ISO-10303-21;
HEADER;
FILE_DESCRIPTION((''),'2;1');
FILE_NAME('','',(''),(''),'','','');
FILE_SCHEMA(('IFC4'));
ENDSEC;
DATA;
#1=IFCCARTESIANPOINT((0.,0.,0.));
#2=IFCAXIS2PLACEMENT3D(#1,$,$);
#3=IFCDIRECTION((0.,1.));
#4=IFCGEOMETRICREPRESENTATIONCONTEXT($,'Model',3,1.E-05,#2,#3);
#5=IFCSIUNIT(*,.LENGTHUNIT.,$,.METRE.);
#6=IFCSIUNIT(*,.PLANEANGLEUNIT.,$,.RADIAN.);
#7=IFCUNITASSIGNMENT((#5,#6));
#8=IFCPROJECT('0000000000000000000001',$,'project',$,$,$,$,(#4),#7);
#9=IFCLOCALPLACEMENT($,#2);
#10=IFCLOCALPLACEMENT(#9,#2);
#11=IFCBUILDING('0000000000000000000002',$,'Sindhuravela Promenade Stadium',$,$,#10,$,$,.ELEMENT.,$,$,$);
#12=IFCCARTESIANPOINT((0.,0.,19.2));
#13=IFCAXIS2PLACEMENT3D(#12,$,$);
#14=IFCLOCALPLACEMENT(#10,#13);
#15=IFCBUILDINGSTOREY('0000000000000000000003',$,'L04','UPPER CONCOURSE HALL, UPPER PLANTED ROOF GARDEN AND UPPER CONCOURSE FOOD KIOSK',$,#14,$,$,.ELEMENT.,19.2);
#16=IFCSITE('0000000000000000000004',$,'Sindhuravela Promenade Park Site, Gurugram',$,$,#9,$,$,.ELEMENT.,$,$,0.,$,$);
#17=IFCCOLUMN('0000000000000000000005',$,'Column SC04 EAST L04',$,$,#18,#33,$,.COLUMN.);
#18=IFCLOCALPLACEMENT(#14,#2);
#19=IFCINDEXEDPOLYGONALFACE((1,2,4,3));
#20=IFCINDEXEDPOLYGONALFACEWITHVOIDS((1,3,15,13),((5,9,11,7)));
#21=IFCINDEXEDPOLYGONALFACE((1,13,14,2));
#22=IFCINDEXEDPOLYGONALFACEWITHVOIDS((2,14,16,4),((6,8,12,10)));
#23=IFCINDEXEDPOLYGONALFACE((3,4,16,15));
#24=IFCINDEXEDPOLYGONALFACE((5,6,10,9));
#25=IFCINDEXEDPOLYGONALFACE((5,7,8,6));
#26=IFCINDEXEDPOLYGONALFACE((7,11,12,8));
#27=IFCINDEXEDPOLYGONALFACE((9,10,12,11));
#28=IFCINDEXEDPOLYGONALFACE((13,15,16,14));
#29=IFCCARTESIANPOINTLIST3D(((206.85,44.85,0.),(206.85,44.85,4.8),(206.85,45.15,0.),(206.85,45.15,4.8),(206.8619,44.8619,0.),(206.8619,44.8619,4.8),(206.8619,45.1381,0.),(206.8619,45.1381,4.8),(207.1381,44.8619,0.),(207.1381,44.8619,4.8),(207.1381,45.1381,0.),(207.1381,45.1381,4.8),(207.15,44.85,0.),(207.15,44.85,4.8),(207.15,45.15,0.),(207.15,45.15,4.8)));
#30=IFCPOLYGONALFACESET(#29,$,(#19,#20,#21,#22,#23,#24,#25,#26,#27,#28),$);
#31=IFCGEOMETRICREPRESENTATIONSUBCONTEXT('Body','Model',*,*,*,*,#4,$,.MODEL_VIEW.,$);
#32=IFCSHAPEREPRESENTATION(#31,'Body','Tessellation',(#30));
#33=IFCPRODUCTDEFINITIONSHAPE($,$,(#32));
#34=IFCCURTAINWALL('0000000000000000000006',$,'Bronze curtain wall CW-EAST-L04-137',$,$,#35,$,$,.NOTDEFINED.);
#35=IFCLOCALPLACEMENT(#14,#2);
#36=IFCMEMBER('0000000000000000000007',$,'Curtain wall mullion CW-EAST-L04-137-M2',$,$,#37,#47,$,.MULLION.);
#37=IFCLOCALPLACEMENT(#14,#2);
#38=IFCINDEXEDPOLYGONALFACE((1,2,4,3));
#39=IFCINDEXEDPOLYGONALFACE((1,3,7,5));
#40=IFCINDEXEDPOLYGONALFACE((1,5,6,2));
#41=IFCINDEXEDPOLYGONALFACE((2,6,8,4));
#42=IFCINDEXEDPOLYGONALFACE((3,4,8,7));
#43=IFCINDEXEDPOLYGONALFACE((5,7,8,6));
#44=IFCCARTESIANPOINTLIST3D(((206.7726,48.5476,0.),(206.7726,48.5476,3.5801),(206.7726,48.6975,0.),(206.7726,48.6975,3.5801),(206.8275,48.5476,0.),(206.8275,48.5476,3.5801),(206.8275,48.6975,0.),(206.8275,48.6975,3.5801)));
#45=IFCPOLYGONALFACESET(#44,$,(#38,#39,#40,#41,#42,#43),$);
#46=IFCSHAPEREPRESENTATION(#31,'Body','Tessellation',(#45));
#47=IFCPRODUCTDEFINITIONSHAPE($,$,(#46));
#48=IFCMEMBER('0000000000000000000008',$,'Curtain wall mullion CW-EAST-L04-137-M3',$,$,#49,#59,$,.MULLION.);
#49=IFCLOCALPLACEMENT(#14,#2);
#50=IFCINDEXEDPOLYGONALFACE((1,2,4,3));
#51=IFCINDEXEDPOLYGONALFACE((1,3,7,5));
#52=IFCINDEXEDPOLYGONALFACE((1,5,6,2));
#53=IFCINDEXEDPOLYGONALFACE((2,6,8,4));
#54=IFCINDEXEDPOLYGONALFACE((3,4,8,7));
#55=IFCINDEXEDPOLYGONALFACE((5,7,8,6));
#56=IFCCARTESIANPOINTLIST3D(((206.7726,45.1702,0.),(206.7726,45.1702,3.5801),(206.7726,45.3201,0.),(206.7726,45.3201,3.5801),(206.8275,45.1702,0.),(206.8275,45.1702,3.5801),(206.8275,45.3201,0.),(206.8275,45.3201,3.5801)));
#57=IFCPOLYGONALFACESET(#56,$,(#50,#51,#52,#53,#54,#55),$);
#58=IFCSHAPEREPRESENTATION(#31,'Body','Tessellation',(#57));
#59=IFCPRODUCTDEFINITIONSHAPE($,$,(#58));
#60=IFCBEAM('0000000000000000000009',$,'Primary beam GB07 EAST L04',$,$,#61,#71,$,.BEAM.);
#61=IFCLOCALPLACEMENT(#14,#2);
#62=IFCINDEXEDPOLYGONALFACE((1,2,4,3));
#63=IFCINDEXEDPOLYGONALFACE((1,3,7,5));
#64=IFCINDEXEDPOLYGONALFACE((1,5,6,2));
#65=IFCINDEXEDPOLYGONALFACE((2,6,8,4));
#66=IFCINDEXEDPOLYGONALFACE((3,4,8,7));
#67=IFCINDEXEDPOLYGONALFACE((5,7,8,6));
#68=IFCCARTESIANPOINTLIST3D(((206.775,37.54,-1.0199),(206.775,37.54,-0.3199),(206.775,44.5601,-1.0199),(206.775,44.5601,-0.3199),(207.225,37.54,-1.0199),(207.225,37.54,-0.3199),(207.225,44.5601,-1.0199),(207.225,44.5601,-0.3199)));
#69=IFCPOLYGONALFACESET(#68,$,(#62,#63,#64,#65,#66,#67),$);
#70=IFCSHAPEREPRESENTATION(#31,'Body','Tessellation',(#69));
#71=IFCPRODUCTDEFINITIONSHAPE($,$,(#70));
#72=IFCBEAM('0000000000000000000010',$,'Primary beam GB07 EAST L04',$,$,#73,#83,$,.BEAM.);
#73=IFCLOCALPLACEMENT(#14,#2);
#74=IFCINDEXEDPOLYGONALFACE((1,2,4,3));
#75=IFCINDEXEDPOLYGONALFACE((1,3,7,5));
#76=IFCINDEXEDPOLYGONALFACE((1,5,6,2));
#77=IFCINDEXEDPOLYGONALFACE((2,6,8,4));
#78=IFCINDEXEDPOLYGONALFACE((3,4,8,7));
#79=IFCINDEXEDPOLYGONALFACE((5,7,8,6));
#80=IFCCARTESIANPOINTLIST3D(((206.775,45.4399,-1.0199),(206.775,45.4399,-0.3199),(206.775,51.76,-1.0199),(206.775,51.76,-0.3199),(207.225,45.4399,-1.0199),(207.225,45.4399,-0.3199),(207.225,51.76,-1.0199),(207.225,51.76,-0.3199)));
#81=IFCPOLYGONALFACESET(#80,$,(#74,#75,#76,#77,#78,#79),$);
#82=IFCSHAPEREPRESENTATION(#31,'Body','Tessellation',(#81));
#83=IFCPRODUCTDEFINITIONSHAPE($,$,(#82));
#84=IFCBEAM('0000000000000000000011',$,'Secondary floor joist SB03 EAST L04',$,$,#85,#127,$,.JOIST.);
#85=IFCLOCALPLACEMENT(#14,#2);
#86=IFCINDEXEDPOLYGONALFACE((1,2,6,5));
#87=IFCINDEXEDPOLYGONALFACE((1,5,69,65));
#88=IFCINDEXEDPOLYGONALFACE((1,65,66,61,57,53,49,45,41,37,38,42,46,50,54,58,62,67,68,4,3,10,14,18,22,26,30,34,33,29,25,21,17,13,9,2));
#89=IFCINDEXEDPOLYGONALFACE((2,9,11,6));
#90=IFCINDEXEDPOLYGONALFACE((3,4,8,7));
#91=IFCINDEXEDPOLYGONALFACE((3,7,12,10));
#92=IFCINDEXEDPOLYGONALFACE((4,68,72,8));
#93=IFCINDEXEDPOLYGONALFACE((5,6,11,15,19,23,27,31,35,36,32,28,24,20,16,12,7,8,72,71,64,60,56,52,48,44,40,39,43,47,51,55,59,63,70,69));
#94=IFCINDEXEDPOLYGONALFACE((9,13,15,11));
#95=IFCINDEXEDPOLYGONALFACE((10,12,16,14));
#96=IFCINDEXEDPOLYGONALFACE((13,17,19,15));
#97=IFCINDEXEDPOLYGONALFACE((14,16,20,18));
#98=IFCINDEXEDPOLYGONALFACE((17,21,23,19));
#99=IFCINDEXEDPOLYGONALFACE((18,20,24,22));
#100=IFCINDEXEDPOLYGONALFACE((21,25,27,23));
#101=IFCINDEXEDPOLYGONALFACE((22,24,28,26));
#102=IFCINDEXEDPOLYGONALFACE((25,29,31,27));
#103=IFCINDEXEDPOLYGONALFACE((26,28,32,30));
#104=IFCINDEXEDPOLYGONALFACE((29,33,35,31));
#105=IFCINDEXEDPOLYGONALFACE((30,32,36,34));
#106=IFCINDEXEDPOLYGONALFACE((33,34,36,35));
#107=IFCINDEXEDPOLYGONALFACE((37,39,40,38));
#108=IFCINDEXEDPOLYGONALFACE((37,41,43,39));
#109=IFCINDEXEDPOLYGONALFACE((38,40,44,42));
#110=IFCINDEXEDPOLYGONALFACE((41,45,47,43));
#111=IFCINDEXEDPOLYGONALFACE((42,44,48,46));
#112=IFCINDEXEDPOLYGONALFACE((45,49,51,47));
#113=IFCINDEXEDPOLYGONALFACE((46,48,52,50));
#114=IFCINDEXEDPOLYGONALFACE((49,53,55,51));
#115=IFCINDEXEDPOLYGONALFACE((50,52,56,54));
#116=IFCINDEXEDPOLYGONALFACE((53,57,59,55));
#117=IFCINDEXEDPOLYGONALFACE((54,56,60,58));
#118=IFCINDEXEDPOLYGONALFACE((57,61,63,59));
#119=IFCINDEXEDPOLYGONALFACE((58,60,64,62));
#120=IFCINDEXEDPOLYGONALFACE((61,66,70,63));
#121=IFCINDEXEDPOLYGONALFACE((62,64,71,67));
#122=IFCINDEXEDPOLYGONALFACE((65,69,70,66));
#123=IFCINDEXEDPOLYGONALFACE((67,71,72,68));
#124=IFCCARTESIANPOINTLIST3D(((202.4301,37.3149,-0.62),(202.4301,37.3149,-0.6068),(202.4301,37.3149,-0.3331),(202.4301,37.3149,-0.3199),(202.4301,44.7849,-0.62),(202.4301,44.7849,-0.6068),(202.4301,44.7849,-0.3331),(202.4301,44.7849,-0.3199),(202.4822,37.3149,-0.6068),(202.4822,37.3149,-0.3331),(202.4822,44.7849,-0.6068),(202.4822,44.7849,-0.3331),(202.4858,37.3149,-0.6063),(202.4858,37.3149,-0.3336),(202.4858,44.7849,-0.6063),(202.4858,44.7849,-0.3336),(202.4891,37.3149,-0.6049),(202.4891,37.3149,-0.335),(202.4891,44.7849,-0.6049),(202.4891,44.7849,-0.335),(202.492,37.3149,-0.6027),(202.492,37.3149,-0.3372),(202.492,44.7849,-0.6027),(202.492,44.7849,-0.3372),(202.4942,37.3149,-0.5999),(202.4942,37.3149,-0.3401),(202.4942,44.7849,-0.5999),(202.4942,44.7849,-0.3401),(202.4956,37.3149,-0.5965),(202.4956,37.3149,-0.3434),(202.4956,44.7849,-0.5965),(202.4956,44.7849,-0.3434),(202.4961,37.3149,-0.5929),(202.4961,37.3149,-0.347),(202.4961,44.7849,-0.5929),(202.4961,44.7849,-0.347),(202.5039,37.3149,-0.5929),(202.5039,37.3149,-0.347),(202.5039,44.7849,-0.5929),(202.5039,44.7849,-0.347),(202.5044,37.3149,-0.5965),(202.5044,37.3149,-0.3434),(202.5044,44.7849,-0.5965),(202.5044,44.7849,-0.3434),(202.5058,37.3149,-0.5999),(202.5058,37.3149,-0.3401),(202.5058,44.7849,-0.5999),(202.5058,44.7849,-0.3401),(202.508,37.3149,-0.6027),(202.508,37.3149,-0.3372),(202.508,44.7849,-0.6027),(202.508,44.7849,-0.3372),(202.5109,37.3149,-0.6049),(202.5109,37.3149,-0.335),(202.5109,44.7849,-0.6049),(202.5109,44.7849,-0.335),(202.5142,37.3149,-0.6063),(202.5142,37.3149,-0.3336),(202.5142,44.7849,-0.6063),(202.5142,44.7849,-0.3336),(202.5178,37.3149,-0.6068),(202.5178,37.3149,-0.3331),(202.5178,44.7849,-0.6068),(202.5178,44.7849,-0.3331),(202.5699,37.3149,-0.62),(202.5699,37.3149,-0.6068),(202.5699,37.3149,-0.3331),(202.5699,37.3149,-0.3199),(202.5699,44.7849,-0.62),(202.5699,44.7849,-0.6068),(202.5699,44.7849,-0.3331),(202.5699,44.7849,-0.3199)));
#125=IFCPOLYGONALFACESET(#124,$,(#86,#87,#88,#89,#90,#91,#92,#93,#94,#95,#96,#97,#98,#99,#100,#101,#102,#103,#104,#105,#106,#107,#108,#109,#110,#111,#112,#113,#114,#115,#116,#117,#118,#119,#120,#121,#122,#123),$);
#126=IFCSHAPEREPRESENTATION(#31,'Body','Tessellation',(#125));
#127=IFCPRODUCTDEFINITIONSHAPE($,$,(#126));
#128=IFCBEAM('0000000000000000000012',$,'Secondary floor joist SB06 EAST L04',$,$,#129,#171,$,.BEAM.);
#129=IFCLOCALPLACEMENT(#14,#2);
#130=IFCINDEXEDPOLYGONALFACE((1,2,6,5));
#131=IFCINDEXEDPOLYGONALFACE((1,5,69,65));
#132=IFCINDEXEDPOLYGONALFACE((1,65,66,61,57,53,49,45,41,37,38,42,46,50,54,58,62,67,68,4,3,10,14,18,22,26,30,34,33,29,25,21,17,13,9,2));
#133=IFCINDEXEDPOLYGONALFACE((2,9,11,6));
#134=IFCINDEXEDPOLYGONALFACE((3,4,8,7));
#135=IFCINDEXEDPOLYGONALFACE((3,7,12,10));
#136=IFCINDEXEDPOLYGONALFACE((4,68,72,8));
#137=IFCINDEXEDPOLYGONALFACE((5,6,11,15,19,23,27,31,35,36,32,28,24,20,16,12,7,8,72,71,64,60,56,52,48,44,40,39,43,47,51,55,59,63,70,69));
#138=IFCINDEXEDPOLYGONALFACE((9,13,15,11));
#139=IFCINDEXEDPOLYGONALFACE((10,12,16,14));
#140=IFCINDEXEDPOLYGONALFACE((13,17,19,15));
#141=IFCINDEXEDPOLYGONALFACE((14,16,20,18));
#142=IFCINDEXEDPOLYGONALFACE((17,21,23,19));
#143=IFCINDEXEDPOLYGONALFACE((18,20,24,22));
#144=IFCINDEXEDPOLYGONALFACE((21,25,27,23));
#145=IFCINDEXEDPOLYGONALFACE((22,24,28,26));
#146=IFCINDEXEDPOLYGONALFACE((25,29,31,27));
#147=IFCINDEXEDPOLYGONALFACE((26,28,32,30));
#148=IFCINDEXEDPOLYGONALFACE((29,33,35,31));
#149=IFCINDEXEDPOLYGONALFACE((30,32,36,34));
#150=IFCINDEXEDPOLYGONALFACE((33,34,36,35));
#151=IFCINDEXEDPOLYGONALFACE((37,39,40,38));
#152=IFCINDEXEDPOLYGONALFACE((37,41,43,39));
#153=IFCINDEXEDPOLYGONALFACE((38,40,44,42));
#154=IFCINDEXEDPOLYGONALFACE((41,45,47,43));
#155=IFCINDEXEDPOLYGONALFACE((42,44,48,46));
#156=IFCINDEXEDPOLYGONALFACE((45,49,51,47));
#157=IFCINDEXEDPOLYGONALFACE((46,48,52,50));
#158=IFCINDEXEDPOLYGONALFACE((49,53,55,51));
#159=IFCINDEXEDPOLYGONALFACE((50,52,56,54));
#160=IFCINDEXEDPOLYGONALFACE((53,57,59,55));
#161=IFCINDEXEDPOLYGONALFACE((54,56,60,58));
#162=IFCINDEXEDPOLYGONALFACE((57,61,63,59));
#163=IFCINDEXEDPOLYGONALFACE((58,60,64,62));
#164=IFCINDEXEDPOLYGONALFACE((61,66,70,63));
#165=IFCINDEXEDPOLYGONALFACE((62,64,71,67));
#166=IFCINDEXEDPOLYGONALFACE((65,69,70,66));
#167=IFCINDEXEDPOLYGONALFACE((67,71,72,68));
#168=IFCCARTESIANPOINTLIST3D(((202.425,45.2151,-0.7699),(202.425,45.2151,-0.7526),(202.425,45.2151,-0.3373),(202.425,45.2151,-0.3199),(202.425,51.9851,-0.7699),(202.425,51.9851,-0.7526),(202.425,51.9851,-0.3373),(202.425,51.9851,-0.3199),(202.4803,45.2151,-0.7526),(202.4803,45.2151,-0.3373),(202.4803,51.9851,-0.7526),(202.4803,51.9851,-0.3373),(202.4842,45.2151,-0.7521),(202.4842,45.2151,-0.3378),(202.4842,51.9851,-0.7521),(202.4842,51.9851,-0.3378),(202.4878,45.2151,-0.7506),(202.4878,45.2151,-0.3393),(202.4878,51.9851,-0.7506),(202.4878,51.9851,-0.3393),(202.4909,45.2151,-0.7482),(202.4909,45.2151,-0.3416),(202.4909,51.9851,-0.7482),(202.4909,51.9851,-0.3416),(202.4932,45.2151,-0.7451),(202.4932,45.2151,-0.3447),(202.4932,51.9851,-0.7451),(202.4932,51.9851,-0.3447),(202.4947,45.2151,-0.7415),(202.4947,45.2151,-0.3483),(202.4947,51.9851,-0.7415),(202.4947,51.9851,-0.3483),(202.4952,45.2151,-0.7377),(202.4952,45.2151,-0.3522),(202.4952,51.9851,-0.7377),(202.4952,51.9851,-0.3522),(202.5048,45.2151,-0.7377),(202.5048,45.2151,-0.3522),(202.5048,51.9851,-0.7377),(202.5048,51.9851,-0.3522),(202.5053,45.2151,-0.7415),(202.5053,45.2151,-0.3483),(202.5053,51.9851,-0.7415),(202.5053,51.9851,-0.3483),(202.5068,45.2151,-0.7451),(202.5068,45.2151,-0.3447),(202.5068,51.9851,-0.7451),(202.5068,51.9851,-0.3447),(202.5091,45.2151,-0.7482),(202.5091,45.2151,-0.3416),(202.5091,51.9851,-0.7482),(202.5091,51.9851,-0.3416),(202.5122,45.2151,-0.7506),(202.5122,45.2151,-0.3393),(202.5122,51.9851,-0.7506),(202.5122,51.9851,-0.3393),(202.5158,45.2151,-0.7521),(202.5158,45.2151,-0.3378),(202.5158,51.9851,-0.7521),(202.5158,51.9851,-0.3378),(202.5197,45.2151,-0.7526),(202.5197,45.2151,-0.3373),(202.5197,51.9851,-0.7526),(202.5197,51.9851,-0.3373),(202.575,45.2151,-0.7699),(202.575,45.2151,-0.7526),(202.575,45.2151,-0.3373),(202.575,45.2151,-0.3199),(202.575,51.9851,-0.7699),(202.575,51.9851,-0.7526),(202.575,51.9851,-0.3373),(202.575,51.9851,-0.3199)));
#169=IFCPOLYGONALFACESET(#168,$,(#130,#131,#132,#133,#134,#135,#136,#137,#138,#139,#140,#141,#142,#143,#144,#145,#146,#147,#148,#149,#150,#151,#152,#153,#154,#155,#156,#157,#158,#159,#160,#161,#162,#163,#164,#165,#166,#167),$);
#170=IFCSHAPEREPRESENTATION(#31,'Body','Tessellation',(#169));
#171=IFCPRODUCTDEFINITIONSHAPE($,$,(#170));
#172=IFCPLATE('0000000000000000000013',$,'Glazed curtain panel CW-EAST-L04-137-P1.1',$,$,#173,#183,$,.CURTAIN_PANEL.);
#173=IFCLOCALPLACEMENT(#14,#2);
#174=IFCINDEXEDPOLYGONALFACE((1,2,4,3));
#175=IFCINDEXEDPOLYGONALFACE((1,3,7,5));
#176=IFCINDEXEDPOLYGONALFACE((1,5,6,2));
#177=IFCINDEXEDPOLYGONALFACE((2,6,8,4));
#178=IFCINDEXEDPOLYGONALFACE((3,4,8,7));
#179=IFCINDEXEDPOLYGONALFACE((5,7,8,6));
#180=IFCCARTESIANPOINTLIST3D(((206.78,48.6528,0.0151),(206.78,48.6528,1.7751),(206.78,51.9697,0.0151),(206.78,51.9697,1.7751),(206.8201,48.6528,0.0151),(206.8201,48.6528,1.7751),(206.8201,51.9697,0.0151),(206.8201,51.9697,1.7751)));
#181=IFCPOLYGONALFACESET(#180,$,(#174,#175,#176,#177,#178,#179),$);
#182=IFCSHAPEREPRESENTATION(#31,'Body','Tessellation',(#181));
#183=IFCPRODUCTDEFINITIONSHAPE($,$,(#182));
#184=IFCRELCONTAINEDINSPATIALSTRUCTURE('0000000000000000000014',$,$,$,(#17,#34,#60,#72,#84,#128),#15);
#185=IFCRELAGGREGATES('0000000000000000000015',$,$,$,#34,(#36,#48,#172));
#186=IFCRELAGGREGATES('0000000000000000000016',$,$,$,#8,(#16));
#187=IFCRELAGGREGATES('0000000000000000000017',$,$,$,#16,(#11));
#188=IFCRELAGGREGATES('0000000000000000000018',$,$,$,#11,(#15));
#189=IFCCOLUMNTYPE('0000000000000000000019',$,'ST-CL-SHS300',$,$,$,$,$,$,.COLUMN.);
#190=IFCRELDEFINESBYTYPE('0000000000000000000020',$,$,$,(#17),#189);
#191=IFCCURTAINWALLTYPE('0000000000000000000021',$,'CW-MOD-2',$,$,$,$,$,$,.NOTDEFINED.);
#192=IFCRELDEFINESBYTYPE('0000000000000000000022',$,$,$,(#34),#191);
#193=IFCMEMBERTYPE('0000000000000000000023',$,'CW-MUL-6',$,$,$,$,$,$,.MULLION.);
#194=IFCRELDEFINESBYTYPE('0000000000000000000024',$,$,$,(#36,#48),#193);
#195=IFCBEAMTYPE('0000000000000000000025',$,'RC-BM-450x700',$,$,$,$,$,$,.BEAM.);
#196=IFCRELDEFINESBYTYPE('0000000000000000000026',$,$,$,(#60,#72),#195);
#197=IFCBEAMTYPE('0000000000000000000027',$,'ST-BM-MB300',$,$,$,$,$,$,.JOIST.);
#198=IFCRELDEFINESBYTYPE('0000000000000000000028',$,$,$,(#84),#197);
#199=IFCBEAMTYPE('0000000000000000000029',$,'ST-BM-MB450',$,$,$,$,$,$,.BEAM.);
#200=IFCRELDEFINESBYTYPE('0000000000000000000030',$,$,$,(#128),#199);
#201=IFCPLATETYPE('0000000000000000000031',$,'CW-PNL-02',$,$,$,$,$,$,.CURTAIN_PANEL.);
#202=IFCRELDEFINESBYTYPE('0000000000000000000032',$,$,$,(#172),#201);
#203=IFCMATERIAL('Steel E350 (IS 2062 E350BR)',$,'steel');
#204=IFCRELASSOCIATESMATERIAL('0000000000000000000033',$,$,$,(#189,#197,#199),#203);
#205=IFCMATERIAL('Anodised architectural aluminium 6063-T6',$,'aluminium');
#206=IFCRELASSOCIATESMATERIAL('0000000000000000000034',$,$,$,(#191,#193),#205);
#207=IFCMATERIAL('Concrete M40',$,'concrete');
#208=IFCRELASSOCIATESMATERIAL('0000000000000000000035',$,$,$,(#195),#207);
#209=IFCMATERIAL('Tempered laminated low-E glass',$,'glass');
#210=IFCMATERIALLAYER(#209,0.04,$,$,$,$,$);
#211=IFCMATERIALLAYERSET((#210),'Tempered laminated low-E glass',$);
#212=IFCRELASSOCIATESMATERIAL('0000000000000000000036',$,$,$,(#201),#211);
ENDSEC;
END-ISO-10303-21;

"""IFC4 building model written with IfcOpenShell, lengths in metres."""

from ifc_helpers import new_model, si_unit, direction, frame, origin, origin_2d, place, context, subcontext, project, spatial, rectangle, hollow_rectangle, i_section, extrude, material, layer, layer_set, material_profile, profile_set, type_object, element, aggregate, save


model = new_model("IFC4")

# Units and contexts
model_context = context("Model", 3, precision=1e-05, world=origin(), true_north=direction((0.0, 1.0)))
body_context = subcontext(model_context, "Body", "Model", "MODEL_VIEW")
ifc_project = project(units=[si_unit("LENGTHUNIT", "METRE"), si_unit("PLANEANGLEUNIT", "RADIAN")], contexts=[model_context])

# Site, building, storey
site_placement = place(None, origin())
site = spatial("IfcSite", under=ifc_project, at=site_placement, Name="Sindhuravela Promenade Park Site, Gurugram", CompositionType="ELEMENT", RefElevation=0.0)
building_placement = place(site_placement, origin())
building = spatial("IfcBuilding", under=site, at=building_placement, Name="Sindhuravela Promenade Stadium", CompositionType="ELEMENT")
storey_placement = place(building_placement, frame((0.0, 0.0, 19.2)))
storey = spatial("IfcBuildingStorey", under=building, at=storey_placement, Name="L04", Description="UPPER CONCOURSE HALL, UPPER PLANTED ROOF GARDEN AND UPPER CONCOURSE FOOD KIOSK", CompositionType="ELEMENT", Elevation=19.2)

# Column
ifc_material_1 = material(Name="Steel E350 (IS 2062 E350BR)", Category="steel")
ifc_material_profile_1 = material_profile(ifc_material_1, hollow_rectangle(XDim=0.3, YDim=0.3, WallThickness=0.012, at=origin_2d()), Name="SHS 300x300x12")
ifc_profile_set_1 = profile_set([ifc_material_profile_1], Name="Steel E350 (IS 2062 E350BR)")
column_type = type_object("IfcColumnType", Name="ST-CL-SHS300", PredefinedType="COLUMN", material=ifc_profile_set_1)
column_placement = place(storey_placement, frame((207.0, 45.0, 0.0), z_axis=(0.0, 0.0, 1.0), x_axis=(1.0, 0.0, 0.0)))
element("IfcColumn", 1, at=column_placement, inside=storey, type_object=column_type, Name="Column SC04 EAST L04", PredefinedType="COLUMN", context=body_context, shape_type="SweptSolid", body=[
    extrude(hollow_rectangle(XDim=0.3, YDim=0.3, WallThickness=0.012, at=origin_2d()), origin(), (0.0, 0.0, 1.0), 4.8),
])

# Curtain wall, members
ifc_material_2 = material(Name="Anodised architectural aluminium 6063-T6", Category="aluminium")
curtain_wall_type = type_object("IfcCurtainWallType", Name="CW-MOD-2", PredefinedType="NOTDEFINED", material=ifc_material_2)
curtain_wall_placement = place(storey_placement, origin())
curtain_wall = element("IfcCurtainWall", 2, at=curtain_wall_placement, inside=storey, type_object=curtain_wall_type, Name="Bronze curtain wall CW-EAST-L04-137", PredefinedType="NOTDEFINED")
ifc_material_profile_2 = material_profile(ifc_material_2, rectangle(XDim=0.0549, YDim=0.1499, at=origin_2d()), Name="ALU M55x150")
ifc_profile_set_2 = profile_set([ifc_material_profile_2], Name="Anodised architectural aluminium 6063-T6")
member_type = type_object("IfcMemberType", Name="CW-MUL-6", PredefinedType="MULLION", material=ifc_profile_set_2)
member_1_placement = place(storey_placement, frame((206.8, 48.6226, 0.0), z_axis=(0.0, 0.0, 1.0), x_axis=(1.0, 0.0, 0.0)))
member_1 = element("IfcMember", 3, at=member_1_placement, type_object=member_type, Name="Curtain wall mullion CW-EAST-L04-137-M2", PredefinedType="MULLION", context=body_context, shape_type="SweptSolid", body=[
    extrude(rectangle(XDim=0.0549, YDim=0.1499, at=origin_2d()), origin(), (0.0, 0.0, 1.0), 3.5801),
])
member_2_placement = place(storey_placement, frame((206.8, 45.2451, 0.0), z_axis=(0.0, 0.0, 1.0), x_axis=(1.0, 0.0, 0.0)))
member_2 = element("IfcMember", 4, at=member_2_placement, type_object=member_type, Name="Curtain wall mullion CW-EAST-L04-137-M3", PredefinedType="MULLION", context=body_context, shape_type="SweptSolid", body=[
    extrude(rectangle(XDim=0.0549, YDim=0.1499, at=origin_2d()), origin(), (0.0, 0.0, 1.0), 3.5801),
])

# Beams
ifc_material_3 = material(Name="Concrete M40", Category="concrete")
ifc_material_profile_3 = material_profile(ifc_material_3, rectangle(XDim=0.45, YDim=0.7, at=origin_2d()), Name="RC 450x700")
ifc_profile_set_3 = profile_set([ifc_material_profile_3], Name="Concrete M40")
beam_type_1 = type_object("IfcBeamType", Name="RC-BM-450x700", PredefinedType="BEAM", material=ifc_profile_set_3)
beam_1_placement = place(storey_placement, frame((207.0, 37.54, -0.6699), z_axis=(0.0, 1.0, 0.0), x_axis=(-1.0, 0.0, 0.0)))
element("IfcBeam", 5, at=beam_1_placement, inside=storey, type_object=beam_type_1, Name="Primary beam GB07 EAST L04", PredefinedType="BEAM", context=body_context, shape_type="SweptSolid", body=[
    extrude(rectangle(XDim=0.45, YDim=0.7, at=origin_2d()), origin(), (0.0, 0.0, 1.0), 7.02),
])
beam_2_placement = place(storey_placement, frame((207.0, 45.4399, -0.6699), z_axis=(0.0, 1.0, 0.0), x_axis=(-1.0, 0.0, 0.0)))
element("IfcBeam", 6, at=beam_2_placement, inside=storey, type_object=beam_type_1, Name="Primary beam GB07 EAST L04", PredefinedType="BEAM", context=body_context, shape_type="SweptSolid", body=[
    extrude(rectangle(XDim=0.45, YDim=0.7, at=origin_2d()), origin(), (0.0, 0.0, 1.0), 6.3201),
])
ifc_material_profile_4 = material_profile(ifc_material_1, i_section(OverallWidth=0.1399, OverallDepth=0.3, WebThickness=0.0078, FlangeThickness=0.0132, FilletRadius=0.0139, at=origin_2d()), Name="ISMB 300")
ifc_profile_set_4 = profile_set([ifc_material_profile_4], Name="Steel E350 (IS 2062 E350BR)")
beam_type_2 = type_object("IfcBeamType", Name="ST-BM-MB300", PredefinedType="JOIST", material=ifc_profile_set_4)
beam_3_placement = place(storey_placement, frame((202.5, 37.3149, -0.47), z_axis=(0.0, 1.0, 0.0), x_axis=(-1.0, 0.0, 0.0)))
element("IfcBeam", 7, at=beam_3_placement, inside=storey, type_object=beam_type_2, Name="Secondary floor joist SB03 EAST L04", PredefinedType="JOIST", context=body_context, shape_type="SweptSolid", body=[
    extrude(i_section(OverallWidth=0.1399, OverallDepth=0.3, WebThickness=0.0078, FlangeThickness=0.0132, FilletRadius=0.0139, at=origin_2d()), origin(), (0.0, 0.0, 1.0), 7.47),
])
ifc_material_profile_5 = material_profile(ifc_material_1, i_section(OverallWidth=0.1499, OverallDepth=0.45, WebThickness=0.0095, FlangeThickness=0.0173, FilletRadius=0.0149, at=origin_2d()), Name="ISMB 450")
ifc_profile_set_5 = profile_set([ifc_material_profile_5], Name="Steel E350 (IS 2062 E350BR)")
beam_type_3 = type_object("IfcBeamType", Name="ST-BM-MB450", PredefinedType="BEAM", material=ifc_profile_set_5)
beam_4_placement = place(storey_placement, frame((202.5, 45.2151, -0.5449), z_axis=(0.0, 1.0, 0.0), x_axis=(-1.0, 0.0, 0.0)))
element("IfcBeam", 8, at=beam_4_placement, inside=storey, type_object=beam_type_3, Name="Secondary floor joist SB06 EAST L04", PredefinedType="BEAM", context=body_context, shape_type="SweptSolid", body=[
    extrude(i_section(OverallWidth=0.1499, OverallDepth=0.45, WebThickness=0.0095, FlangeThickness=0.0173, FilletRadius=0.0149, at=origin_2d()), origin(), (0.0, 0.0, 1.0), 6.77),
])

# Plate
ifc_material_4 = material(Name="Tempered laminated low-E glass", Category="glass")
ifc_layer_1 = layer(ifc_material_4, 0.04)
ifc_layer_set_1 = layer_set([ifc_layer_1], Name="Tempered laminated low-E glass")
plate_type_1 = type_object("IfcPlateType", Name="CW-PNL-02", PredefinedType="CURTAIN_PANEL", material=ifc_layer_set_1)
plate_1_placement = place(storey_placement, frame((206.8, 50.3113, 0.0151), z_axis=(0.0, 0.0, 1.0), x_axis=(0.0, -1.0, 0.0)))
plate_1 = element("IfcPlate", 9, at=plate_1_placement, type_object=plate_type_1, Name="Glazed curtain panel CW-EAST-L04-137-P1.1", PredefinedType="CURTAIN_PANEL", context=body_context, shape_type="SweptSolid", body=[
    extrude(rectangle(XDim=3.3169, YDim=0.04, at=origin_2d()), origin(), (0.0, 0.0, 1.0), 1.76),
])
aggregate(curtain_wall, [member_1, member_2, plate_1])

save(model, "model.ifc")
